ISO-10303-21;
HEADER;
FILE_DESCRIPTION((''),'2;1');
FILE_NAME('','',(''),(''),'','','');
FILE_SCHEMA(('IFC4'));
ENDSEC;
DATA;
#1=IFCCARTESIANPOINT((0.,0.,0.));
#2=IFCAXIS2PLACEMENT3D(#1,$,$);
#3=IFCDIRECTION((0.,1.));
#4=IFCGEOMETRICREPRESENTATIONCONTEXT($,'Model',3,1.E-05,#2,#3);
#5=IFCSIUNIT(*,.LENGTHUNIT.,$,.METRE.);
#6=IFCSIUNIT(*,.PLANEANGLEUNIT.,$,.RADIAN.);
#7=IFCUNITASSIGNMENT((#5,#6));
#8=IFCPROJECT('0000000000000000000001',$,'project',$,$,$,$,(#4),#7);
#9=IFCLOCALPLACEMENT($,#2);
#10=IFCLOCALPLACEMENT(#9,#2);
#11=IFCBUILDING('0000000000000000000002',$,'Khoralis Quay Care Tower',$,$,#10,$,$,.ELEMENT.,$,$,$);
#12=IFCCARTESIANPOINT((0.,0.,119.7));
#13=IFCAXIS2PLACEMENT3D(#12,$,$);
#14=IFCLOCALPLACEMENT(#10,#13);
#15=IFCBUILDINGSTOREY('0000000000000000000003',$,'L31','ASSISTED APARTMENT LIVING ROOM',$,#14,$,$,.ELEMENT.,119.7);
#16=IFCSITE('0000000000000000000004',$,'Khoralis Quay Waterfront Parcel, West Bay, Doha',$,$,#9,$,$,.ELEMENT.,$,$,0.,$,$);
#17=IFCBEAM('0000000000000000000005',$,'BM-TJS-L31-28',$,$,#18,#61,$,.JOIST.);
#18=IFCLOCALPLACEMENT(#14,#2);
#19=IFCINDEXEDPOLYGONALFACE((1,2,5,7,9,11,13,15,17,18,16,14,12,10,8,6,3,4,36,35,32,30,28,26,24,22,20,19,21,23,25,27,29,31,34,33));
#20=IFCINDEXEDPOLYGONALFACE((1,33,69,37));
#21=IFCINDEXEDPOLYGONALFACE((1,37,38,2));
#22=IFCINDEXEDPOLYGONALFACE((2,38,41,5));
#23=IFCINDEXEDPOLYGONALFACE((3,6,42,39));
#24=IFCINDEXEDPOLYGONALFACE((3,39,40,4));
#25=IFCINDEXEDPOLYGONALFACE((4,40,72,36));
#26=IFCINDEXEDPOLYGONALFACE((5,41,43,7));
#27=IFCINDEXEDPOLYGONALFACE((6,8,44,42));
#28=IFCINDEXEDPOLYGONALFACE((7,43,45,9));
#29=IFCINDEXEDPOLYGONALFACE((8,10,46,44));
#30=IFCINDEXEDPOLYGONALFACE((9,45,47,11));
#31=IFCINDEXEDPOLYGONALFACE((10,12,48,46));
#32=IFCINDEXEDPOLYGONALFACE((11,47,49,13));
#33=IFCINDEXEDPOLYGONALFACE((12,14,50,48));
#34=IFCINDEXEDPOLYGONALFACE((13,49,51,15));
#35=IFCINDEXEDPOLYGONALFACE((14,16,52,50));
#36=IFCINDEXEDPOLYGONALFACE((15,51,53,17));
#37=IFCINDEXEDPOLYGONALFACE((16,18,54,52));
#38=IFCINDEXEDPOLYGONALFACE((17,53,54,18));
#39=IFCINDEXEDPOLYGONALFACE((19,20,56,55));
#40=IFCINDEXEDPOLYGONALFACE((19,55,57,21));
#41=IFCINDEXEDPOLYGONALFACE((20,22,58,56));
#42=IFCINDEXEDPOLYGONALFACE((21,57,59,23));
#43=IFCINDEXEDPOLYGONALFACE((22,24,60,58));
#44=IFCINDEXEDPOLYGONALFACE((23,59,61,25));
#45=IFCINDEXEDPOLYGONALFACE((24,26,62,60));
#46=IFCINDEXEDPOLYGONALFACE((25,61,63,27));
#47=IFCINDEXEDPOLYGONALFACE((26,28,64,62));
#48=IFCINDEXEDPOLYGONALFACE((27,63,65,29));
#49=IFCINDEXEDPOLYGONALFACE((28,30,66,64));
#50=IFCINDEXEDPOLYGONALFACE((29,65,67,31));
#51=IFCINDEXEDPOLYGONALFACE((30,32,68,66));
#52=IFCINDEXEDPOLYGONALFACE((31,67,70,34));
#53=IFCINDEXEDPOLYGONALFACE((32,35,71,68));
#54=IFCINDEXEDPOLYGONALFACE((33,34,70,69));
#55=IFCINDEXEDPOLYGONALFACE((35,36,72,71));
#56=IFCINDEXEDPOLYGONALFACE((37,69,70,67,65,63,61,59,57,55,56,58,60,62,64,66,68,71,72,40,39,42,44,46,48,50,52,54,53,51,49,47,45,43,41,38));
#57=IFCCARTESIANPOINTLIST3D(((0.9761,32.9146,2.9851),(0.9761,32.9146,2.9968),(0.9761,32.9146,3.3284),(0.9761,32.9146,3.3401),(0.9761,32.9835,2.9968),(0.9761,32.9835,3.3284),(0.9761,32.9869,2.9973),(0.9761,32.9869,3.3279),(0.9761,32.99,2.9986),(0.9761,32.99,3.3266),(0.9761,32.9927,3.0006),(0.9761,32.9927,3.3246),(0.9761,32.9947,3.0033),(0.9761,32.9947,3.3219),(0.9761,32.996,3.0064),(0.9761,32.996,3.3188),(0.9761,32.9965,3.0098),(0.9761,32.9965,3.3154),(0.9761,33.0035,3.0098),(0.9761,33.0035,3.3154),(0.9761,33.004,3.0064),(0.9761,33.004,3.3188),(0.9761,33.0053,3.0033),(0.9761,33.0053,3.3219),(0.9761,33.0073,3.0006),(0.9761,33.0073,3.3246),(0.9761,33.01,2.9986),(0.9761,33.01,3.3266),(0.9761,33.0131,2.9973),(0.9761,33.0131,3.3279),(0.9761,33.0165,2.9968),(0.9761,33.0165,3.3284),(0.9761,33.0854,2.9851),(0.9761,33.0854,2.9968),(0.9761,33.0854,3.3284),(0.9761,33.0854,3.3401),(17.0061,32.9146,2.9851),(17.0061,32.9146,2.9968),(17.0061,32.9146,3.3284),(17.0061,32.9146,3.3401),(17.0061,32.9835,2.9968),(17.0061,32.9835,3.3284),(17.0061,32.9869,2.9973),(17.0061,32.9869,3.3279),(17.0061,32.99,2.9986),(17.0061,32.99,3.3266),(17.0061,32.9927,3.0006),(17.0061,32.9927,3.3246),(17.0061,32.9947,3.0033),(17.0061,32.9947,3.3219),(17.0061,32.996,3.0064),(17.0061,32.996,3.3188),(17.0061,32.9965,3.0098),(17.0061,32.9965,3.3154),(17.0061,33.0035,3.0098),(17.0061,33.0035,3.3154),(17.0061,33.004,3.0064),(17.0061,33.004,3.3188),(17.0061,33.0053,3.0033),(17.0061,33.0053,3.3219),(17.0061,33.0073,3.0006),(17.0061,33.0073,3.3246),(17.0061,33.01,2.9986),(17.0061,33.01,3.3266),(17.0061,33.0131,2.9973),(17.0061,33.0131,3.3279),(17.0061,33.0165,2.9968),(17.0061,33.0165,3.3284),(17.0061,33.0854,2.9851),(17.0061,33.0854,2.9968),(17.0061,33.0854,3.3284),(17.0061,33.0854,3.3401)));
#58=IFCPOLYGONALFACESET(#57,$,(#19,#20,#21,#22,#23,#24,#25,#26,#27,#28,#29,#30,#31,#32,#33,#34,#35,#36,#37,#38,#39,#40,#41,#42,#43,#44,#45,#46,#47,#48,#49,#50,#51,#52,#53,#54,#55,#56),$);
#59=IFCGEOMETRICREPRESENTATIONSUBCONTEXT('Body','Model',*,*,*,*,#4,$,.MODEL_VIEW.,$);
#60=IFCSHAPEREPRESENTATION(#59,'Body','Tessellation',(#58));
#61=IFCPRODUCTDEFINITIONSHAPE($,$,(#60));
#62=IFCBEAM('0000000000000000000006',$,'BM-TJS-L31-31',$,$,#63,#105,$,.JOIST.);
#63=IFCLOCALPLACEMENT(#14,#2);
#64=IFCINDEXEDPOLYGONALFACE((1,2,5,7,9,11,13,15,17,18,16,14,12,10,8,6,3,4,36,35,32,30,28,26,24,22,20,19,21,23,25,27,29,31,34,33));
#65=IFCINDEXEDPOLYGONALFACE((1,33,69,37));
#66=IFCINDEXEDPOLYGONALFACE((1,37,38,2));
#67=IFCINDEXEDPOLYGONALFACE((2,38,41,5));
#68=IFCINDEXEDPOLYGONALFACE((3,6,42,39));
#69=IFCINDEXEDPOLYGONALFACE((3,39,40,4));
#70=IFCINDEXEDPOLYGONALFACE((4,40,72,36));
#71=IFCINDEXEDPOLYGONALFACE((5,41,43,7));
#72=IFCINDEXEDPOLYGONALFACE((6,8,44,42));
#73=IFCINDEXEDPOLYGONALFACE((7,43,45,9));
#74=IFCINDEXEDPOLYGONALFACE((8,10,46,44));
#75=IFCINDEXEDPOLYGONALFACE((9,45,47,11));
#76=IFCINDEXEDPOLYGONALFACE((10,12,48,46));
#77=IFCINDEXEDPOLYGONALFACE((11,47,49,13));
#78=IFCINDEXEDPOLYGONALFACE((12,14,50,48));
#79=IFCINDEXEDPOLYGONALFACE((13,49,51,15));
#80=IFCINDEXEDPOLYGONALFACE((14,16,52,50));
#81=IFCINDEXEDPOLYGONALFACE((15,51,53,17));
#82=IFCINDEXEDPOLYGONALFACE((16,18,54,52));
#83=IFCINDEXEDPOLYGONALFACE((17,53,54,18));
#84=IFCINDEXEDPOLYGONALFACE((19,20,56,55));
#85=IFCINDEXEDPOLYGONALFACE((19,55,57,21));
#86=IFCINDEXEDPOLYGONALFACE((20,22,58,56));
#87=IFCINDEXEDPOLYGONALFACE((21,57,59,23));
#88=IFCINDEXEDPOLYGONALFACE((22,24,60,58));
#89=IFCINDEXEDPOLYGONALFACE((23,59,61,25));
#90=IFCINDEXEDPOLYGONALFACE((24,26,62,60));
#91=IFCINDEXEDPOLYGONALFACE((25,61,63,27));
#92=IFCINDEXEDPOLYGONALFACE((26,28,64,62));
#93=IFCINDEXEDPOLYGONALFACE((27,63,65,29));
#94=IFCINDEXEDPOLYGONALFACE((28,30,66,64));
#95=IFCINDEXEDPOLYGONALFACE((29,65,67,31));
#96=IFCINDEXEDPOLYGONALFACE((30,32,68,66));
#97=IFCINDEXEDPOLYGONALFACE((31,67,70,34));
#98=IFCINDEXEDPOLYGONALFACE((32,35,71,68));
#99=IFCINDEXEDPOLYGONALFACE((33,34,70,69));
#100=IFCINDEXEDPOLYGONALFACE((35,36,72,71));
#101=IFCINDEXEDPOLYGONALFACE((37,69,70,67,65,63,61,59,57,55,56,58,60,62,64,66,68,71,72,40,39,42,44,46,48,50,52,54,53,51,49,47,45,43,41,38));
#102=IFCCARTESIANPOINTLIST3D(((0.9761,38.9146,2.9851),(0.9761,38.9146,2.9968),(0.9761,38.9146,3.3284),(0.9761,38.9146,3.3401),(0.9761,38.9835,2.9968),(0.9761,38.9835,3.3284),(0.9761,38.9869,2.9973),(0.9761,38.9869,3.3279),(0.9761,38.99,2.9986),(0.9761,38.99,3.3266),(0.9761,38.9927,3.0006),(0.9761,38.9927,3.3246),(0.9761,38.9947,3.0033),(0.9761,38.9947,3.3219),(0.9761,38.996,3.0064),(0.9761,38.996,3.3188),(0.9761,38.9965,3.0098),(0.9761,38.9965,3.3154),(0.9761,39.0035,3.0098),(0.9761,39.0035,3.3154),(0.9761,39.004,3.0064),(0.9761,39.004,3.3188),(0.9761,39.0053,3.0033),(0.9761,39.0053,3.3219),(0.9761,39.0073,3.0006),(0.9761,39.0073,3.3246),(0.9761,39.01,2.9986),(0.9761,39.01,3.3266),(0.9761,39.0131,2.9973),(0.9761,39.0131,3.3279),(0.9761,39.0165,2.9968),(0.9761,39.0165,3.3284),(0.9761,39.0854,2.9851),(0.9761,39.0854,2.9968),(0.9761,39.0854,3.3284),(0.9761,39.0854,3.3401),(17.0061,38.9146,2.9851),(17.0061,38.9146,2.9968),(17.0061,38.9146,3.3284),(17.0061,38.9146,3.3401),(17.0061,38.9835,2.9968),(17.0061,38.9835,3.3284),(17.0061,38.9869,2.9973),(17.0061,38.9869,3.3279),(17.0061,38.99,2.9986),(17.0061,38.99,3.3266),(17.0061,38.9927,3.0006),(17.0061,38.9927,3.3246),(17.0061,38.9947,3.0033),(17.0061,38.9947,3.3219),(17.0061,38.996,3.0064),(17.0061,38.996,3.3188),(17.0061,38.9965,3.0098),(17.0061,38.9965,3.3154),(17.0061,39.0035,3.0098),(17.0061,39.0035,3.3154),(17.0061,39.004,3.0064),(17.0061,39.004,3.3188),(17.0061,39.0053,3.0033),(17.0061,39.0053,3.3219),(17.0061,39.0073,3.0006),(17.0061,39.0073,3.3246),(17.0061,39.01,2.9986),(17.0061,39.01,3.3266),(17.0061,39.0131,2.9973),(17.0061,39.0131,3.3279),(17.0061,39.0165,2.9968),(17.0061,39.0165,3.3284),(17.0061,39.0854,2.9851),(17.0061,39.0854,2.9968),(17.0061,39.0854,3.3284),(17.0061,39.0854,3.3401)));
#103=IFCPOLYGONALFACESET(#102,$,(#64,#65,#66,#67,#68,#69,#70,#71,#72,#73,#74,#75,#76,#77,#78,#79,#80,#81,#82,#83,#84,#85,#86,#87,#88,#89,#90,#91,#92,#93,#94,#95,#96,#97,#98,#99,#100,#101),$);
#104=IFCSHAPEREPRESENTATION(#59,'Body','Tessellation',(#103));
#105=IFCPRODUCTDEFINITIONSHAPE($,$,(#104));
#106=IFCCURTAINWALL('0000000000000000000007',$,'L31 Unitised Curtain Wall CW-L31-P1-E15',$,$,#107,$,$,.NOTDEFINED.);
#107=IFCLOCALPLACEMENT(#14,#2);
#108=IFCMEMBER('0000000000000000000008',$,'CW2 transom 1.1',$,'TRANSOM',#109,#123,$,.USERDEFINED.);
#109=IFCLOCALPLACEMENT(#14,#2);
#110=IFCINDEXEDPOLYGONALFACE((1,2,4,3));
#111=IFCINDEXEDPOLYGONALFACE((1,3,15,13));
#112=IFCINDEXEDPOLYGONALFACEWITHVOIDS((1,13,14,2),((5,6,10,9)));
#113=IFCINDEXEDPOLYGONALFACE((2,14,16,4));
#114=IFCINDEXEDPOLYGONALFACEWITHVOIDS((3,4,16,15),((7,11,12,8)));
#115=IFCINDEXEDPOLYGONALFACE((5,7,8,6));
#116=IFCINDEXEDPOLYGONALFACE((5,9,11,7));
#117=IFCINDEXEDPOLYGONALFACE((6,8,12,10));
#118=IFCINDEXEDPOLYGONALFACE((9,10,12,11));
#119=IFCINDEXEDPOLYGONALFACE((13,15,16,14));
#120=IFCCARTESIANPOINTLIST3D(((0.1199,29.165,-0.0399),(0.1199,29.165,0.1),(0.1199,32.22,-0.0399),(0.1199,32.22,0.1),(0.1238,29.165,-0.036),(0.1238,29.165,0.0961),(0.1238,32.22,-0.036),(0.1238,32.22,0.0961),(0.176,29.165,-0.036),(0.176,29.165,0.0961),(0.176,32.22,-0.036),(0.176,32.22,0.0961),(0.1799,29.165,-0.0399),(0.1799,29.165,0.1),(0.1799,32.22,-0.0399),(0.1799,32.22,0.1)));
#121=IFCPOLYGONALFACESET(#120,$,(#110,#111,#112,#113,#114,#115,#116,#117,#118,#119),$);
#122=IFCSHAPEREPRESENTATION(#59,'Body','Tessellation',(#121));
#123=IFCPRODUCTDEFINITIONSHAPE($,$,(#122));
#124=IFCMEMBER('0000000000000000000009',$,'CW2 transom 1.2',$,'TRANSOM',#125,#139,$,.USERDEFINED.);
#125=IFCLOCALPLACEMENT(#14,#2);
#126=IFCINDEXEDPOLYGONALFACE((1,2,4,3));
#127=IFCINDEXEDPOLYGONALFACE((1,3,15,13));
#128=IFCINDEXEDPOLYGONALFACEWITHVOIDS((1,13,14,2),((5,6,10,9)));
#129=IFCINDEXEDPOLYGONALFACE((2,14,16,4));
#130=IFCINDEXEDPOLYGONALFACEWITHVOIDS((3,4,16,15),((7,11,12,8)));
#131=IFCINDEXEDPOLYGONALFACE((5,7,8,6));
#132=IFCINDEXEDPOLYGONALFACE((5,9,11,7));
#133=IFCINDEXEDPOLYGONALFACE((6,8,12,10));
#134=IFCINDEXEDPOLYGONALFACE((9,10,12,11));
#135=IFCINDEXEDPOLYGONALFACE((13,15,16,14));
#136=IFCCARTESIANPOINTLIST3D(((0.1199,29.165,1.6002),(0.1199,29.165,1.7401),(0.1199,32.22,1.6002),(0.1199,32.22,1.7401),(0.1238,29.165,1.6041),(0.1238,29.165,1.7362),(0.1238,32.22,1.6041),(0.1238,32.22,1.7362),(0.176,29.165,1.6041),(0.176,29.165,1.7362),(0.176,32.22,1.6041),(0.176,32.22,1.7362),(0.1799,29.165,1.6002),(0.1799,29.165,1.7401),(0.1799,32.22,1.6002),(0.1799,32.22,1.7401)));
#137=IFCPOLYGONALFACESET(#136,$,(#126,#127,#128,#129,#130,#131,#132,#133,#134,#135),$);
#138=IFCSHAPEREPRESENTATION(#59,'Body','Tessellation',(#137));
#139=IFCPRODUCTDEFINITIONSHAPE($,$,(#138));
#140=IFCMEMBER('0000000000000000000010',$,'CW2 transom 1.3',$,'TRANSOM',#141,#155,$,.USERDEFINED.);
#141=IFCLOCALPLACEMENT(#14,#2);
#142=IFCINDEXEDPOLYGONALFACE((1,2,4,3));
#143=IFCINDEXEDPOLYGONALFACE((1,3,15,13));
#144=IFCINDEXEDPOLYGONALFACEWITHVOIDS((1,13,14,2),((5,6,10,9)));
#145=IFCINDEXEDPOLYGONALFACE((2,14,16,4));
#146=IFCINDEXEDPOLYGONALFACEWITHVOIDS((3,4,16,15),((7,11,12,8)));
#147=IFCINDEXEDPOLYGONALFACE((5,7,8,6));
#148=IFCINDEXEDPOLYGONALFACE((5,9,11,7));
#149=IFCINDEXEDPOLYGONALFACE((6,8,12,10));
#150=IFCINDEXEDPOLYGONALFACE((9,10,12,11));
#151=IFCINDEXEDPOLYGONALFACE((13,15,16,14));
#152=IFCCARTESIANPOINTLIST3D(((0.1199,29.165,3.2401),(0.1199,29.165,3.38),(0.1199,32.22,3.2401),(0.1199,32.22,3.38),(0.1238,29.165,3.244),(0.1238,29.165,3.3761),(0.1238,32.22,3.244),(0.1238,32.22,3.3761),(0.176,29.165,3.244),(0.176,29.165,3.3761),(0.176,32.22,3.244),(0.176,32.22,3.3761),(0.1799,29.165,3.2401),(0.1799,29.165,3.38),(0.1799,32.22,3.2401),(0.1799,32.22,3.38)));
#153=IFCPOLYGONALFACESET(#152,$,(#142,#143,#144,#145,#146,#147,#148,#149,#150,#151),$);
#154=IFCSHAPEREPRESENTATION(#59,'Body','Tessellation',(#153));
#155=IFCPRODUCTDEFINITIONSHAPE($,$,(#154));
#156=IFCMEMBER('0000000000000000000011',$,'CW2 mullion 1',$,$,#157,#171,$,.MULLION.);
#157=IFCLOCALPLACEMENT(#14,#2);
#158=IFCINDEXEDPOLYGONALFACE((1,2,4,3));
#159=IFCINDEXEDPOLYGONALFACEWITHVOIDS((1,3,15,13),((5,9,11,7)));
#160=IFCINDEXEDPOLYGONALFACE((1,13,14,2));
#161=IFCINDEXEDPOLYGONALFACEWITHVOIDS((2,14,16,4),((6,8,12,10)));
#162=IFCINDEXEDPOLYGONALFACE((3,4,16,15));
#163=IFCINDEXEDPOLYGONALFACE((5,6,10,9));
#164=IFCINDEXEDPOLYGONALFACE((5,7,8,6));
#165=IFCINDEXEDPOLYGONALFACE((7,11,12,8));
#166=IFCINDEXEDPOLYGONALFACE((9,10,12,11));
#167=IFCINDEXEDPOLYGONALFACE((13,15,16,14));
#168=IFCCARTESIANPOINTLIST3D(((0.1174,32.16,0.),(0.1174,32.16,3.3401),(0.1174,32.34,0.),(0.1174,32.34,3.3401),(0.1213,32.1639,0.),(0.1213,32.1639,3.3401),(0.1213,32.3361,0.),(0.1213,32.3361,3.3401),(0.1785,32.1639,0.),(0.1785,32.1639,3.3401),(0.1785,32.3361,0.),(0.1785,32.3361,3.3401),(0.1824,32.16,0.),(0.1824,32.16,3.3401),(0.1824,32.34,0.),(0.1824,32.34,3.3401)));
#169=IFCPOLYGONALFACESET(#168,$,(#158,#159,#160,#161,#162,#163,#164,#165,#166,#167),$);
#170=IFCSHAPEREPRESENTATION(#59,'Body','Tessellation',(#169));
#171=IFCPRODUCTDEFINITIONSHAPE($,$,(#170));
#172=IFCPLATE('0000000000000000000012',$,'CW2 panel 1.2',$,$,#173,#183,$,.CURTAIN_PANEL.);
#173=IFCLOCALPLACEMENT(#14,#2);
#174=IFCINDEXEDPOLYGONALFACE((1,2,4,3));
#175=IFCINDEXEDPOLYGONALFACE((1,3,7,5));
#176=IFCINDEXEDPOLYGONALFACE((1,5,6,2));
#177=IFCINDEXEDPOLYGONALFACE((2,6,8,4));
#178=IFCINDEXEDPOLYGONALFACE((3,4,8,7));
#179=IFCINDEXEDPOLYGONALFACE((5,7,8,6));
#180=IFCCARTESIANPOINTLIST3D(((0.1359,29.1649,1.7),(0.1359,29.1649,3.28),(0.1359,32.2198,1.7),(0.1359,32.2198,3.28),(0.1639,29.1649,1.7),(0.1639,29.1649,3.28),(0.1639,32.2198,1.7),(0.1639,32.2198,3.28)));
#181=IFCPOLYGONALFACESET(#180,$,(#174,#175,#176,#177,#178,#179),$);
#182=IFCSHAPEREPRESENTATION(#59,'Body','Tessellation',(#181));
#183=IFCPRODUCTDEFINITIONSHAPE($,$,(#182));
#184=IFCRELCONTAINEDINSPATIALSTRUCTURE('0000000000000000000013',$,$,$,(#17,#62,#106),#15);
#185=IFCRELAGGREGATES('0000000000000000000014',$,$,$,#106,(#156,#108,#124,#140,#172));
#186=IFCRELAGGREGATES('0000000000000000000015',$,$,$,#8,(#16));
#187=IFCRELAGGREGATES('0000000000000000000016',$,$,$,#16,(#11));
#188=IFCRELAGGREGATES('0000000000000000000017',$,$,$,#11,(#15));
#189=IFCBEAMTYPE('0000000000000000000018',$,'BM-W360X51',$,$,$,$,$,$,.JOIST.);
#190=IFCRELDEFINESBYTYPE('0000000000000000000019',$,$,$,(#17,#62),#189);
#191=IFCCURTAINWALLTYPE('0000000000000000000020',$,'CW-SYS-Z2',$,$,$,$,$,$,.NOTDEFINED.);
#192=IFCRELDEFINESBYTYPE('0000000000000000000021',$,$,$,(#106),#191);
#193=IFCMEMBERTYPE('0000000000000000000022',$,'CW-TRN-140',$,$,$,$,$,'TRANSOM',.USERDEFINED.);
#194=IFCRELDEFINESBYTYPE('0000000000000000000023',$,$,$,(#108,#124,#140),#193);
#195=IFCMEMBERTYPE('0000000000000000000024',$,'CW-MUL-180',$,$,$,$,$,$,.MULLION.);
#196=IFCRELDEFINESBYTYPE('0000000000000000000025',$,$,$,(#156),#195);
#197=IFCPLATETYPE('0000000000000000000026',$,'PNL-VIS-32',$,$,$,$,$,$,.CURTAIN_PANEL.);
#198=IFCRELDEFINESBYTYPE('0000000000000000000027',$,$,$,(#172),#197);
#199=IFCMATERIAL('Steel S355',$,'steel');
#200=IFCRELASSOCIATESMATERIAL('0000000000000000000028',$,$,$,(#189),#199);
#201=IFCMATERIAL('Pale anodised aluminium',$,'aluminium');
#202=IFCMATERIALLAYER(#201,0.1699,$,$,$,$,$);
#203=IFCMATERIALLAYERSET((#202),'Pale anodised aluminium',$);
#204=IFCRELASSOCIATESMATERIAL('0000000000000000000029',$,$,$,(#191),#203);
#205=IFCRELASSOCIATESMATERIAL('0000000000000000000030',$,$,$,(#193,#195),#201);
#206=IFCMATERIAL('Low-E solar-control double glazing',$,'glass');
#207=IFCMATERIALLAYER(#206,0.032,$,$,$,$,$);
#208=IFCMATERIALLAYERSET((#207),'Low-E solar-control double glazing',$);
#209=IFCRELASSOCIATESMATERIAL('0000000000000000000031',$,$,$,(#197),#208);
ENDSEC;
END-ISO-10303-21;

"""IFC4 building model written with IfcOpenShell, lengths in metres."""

from ifc_helpers import new_model, si_unit, direction, frame, origin, origin_2d, place, context, subcontext, project, spatial, rectangle, hollow_rectangle, i_section, extrude, source, transform, mapped, material, layer, layer_set, material_profile, profile_set, type_object, element, aggregate, save


model = new_model("IFC4")

# Units and contexts
model_context = context("Model", 3, precision=1e-05, world=origin(), true_north=direction((0.0, 1.0)))
body_context = subcontext(model_context, "Body", "Model", "MODEL_VIEW")
ifc_project = project(units=[si_unit("LENGTHUNIT", "METRE"), si_unit("PLANEANGLEUNIT", "RADIAN")], contexts=[model_context])

# Site, building, storey
site_placement = place(None, origin())
site = spatial("IfcSite", under=ifc_project, at=site_placement, Name="Khoralis Quay Waterfront Parcel, West Bay, Doha", CompositionType="ELEMENT", RefElevation=0.0)
building_placement = place(site_placement, origin())
building = spatial("IfcBuilding", under=site, at=building_placement, Name="Khoralis Quay Care Tower", CompositionType="ELEMENT")
storey_placement = place(building_placement, frame((0.0, 0.0, 119.7)))
storey = spatial("IfcBuildingStorey", under=building, at=storey_placement, Name="L31", Description="ASSISTED APARTMENT LIVING ROOM", CompositionType="ELEMENT", Elevation=119.7)

# Beams
ifc_material_1 = material(Name="Steel S355", Category="steel")
ifc_material_profile_1 = material_profile(ifc_material_1, i_section(OverallWidth=0.1709, OverallDepth=0.355, WebThickness=0.0071, FlangeThickness=0.0117, FilletRadius=0.0129, at=origin_2d()), Name="Steel S355")
ifc_profile_set_1 = profile_set([ifc_material_profile_1], Name="Steel S355")
beam_type_1 = type_object("IfcBeamType", Name="BM-W360X51", PredefinedType="JOIST", material=ifc_profile_set_1)
shared_shape_1 = source(origin(), body_context, "Body", "SweptSolid", [
    extrude(i_section(OverallWidth=0.1709, OverallDepth=0.355, WebThickness=0.0071, FlangeThickness=0.0117, FilletRadius=0.0129, at=origin_2d()), origin(), (0.0, 0.0, 1.0), 16.03),
])
for number, where, z_axis, x_axis, name in (
    (1, (0.9761, 33.0, 3.1626), (1.0, 0.0, 0.0), (0.0, 1.0, 0.0), "BM-TJS-L31-28"),
    (2, (0.9761, 39.0, 3.1626), (1.0, 0.0, 0.0), (0.0, 1.0, 0.0), "BM-TJS-L31-31"),
):
    element("IfcBeam", number, at=place(storey_placement, frame(where, z_axis=z_axis, x_axis=x_axis)), inside=storey, type_object=beam_type_1, Name=name, PredefinedType="JOIST", context=body_context, shape_type="MappedRepresentation", body=[
        mapped(shared_shape_1, transform((0.0, 0.0, 0.0), scale=1.0)),
    ])

# Curtain wall, members, plate
ifc_material_2 = material(Name="Pale anodised aluminium", Category="aluminium")
ifc_layer_1 = layer(ifc_material_2, 0.1699)
ifc_layer_set_1 = layer_set([ifc_layer_1], Name="Pale anodised aluminium")
curtain_wall_type = type_object("IfcCurtainWallType", Name="CW-SYS-Z2", PredefinedType="NOTDEFINED", material=ifc_layer_set_1)
curtain_wall_placement = place(storey_placement, origin())
curtain_wall = element("IfcCurtainWall", 3, at=curtain_wall_placement, inside=storey, type_object=curtain_wall_type, Name="L31 Unitised Curtain Wall CW-L31-P1-E15", PredefinedType="NOTDEFINED")
ifc_material_profile_2 = material_profile(ifc_material_2, hollow_rectangle(XDim=0.0601, YDim=0.1399, WallThickness=0.0039, at=origin_2d()), Name="Pale anodised aluminium")
ifc_profile_set_2 = profile_set([ifc_material_profile_2], Name="Pale anodised aluminium")
member_type_1 = type_object("IfcMemberType", Name="CW-TRN-140", ElementType="TRANSOM", PredefinedType="USERDEFINED", material=ifc_profile_set_2)
shared_shape_2 = source(origin(), body_context, "Body", "SweptSolid", [
    extrude(hollow_rectangle(XDim=0.0601, YDim=0.1399, WallThickness=0.0039, at=origin_2d()), origin(), (0.0, 0.0, 1.0), 3.0549),
])
member_1_placement = place(storey_placement, frame((0.1499, 32.22, 0.03), z_axis=(0.0, -1.0, 0.0), x_axis=(1.0, 0.0, 0.0)))
member_1 = element("IfcMember", 4, at=member_1_placement, type_object=member_type_1, Name="CW2 transom 1.1", ObjectType="TRANSOM", PredefinedType="USERDEFINED", context=body_context, shape_type="MappedRepresentation", body=[
    mapped(shared_shape_2, transform((0.0, 0.0, 0.0), scale=1.0)),
])
member_2_placement = place(storey_placement, frame((0.1499, 32.22, 1.6702), z_axis=(0.0, -1.0, 0.0), x_axis=(1.0, 0.0, 0.0)))
member_2 = element("IfcMember", 5, at=member_2_placement, type_object=member_type_1, Name="CW2 transom 1.2", ObjectType="TRANSOM", PredefinedType="USERDEFINED", context=body_context, shape_type="MappedRepresentation", body=[
    mapped(shared_shape_2, transform((0.0, 0.0, 0.0), scale=1.0)),
])
member_3_placement = place(storey_placement, frame((0.1499, 32.22, 3.3101), z_axis=(0.0, -1.0, 0.0), x_axis=(1.0, 0.0, 0.0)))
member_3 = element("IfcMember", 6, at=member_3_placement, type_object=member_type_1, Name="CW2 transom 1.3", ObjectType="TRANSOM", PredefinedType="USERDEFINED", context=body_context, shape_type="MappedRepresentation", body=[
    mapped(shared_shape_2, transform((0.0, 0.0, 0.0), scale=1.0)),
])
ifc_material_profile_3 = material_profile(ifc_material_2, hollow_rectangle(XDim=0.0649, YDim=0.1799, WallThickness=0.0039, at=origin_2d()), Name="Pale anodised aluminium")
ifc_profile_set_3 = profile_set([ifc_material_profile_3], Name="Pale anodised aluminium")
member_type_2 = type_object("IfcMemberType", Name="CW-MUL-180", PredefinedType="MULLION", material=ifc_profile_set_3)
shared_shape_3 = source(origin(), body_context, "Body", "SweptSolid", [
    extrude(hollow_rectangle(XDim=0.0649, YDim=0.1799, WallThickness=0.0039, at=origin_2d()), origin(), (0.0, 0.0, 1.0), 3.3401),
])
member_4_placement = place(storey_placement, frame((0.1499, 32.25, 0.0), z_axis=(0.0, 0.0, 1.0), x_axis=(1.0, 0.0, 0.0)))
member_4 = element("IfcMember", 7, at=member_4_placement, type_object=member_type_2, Name="CW2 mullion 1", PredefinedType="MULLION", context=body_context, shape_type="MappedRepresentation", body=[
    mapped(shared_shape_3, transform((0.0, 0.0, 0.0), scale=1.0)),
])
ifc_material_3 = material(Name="Low-E solar-control double glazing", Category="glass")
ifc_layer_2 = layer(ifc_material_3, 0.032)
ifc_layer_set_2 = layer_set([ifc_layer_2], Name="Low-E solar-control double glazing")
plate_type = type_object("IfcPlateType", Name="PNL-VIS-32", PredefinedType="CURTAIN_PANEL", material=ifc_layer_set_2)
shared_shape_4 = source(origin(), body_context, "Body", "SweptSolid", [
    extrude(rectangle(XDim=3.0549, YDim=0.0281, at=origin_2d()), origin(), (0.0, 0.0, 1.0), 1.5801),
])
plate_placement = place(storey_placement, frame((0.1499, 30.6924, 1.7), z_axis=(0.0, 0.0, 1.0), x_axis=(0.0, -1.0, 0.0)))
plate = element("IfcPlate", 8, at=plate_placement, type_object=plate_type, Name="CW2 panel 1.2", PredefinedType="CURTAIN_PANEL", context=body_context, shape_type="MappedRepresentation", body=[
    mapped(shared_shape_4, transform((0.0, 0.0, 0.0), scale=1.0)),
])
aggregate(curtain_wall, [member_4, member_1, member_2, member_3, plate])

save(model, "model.ifc")
